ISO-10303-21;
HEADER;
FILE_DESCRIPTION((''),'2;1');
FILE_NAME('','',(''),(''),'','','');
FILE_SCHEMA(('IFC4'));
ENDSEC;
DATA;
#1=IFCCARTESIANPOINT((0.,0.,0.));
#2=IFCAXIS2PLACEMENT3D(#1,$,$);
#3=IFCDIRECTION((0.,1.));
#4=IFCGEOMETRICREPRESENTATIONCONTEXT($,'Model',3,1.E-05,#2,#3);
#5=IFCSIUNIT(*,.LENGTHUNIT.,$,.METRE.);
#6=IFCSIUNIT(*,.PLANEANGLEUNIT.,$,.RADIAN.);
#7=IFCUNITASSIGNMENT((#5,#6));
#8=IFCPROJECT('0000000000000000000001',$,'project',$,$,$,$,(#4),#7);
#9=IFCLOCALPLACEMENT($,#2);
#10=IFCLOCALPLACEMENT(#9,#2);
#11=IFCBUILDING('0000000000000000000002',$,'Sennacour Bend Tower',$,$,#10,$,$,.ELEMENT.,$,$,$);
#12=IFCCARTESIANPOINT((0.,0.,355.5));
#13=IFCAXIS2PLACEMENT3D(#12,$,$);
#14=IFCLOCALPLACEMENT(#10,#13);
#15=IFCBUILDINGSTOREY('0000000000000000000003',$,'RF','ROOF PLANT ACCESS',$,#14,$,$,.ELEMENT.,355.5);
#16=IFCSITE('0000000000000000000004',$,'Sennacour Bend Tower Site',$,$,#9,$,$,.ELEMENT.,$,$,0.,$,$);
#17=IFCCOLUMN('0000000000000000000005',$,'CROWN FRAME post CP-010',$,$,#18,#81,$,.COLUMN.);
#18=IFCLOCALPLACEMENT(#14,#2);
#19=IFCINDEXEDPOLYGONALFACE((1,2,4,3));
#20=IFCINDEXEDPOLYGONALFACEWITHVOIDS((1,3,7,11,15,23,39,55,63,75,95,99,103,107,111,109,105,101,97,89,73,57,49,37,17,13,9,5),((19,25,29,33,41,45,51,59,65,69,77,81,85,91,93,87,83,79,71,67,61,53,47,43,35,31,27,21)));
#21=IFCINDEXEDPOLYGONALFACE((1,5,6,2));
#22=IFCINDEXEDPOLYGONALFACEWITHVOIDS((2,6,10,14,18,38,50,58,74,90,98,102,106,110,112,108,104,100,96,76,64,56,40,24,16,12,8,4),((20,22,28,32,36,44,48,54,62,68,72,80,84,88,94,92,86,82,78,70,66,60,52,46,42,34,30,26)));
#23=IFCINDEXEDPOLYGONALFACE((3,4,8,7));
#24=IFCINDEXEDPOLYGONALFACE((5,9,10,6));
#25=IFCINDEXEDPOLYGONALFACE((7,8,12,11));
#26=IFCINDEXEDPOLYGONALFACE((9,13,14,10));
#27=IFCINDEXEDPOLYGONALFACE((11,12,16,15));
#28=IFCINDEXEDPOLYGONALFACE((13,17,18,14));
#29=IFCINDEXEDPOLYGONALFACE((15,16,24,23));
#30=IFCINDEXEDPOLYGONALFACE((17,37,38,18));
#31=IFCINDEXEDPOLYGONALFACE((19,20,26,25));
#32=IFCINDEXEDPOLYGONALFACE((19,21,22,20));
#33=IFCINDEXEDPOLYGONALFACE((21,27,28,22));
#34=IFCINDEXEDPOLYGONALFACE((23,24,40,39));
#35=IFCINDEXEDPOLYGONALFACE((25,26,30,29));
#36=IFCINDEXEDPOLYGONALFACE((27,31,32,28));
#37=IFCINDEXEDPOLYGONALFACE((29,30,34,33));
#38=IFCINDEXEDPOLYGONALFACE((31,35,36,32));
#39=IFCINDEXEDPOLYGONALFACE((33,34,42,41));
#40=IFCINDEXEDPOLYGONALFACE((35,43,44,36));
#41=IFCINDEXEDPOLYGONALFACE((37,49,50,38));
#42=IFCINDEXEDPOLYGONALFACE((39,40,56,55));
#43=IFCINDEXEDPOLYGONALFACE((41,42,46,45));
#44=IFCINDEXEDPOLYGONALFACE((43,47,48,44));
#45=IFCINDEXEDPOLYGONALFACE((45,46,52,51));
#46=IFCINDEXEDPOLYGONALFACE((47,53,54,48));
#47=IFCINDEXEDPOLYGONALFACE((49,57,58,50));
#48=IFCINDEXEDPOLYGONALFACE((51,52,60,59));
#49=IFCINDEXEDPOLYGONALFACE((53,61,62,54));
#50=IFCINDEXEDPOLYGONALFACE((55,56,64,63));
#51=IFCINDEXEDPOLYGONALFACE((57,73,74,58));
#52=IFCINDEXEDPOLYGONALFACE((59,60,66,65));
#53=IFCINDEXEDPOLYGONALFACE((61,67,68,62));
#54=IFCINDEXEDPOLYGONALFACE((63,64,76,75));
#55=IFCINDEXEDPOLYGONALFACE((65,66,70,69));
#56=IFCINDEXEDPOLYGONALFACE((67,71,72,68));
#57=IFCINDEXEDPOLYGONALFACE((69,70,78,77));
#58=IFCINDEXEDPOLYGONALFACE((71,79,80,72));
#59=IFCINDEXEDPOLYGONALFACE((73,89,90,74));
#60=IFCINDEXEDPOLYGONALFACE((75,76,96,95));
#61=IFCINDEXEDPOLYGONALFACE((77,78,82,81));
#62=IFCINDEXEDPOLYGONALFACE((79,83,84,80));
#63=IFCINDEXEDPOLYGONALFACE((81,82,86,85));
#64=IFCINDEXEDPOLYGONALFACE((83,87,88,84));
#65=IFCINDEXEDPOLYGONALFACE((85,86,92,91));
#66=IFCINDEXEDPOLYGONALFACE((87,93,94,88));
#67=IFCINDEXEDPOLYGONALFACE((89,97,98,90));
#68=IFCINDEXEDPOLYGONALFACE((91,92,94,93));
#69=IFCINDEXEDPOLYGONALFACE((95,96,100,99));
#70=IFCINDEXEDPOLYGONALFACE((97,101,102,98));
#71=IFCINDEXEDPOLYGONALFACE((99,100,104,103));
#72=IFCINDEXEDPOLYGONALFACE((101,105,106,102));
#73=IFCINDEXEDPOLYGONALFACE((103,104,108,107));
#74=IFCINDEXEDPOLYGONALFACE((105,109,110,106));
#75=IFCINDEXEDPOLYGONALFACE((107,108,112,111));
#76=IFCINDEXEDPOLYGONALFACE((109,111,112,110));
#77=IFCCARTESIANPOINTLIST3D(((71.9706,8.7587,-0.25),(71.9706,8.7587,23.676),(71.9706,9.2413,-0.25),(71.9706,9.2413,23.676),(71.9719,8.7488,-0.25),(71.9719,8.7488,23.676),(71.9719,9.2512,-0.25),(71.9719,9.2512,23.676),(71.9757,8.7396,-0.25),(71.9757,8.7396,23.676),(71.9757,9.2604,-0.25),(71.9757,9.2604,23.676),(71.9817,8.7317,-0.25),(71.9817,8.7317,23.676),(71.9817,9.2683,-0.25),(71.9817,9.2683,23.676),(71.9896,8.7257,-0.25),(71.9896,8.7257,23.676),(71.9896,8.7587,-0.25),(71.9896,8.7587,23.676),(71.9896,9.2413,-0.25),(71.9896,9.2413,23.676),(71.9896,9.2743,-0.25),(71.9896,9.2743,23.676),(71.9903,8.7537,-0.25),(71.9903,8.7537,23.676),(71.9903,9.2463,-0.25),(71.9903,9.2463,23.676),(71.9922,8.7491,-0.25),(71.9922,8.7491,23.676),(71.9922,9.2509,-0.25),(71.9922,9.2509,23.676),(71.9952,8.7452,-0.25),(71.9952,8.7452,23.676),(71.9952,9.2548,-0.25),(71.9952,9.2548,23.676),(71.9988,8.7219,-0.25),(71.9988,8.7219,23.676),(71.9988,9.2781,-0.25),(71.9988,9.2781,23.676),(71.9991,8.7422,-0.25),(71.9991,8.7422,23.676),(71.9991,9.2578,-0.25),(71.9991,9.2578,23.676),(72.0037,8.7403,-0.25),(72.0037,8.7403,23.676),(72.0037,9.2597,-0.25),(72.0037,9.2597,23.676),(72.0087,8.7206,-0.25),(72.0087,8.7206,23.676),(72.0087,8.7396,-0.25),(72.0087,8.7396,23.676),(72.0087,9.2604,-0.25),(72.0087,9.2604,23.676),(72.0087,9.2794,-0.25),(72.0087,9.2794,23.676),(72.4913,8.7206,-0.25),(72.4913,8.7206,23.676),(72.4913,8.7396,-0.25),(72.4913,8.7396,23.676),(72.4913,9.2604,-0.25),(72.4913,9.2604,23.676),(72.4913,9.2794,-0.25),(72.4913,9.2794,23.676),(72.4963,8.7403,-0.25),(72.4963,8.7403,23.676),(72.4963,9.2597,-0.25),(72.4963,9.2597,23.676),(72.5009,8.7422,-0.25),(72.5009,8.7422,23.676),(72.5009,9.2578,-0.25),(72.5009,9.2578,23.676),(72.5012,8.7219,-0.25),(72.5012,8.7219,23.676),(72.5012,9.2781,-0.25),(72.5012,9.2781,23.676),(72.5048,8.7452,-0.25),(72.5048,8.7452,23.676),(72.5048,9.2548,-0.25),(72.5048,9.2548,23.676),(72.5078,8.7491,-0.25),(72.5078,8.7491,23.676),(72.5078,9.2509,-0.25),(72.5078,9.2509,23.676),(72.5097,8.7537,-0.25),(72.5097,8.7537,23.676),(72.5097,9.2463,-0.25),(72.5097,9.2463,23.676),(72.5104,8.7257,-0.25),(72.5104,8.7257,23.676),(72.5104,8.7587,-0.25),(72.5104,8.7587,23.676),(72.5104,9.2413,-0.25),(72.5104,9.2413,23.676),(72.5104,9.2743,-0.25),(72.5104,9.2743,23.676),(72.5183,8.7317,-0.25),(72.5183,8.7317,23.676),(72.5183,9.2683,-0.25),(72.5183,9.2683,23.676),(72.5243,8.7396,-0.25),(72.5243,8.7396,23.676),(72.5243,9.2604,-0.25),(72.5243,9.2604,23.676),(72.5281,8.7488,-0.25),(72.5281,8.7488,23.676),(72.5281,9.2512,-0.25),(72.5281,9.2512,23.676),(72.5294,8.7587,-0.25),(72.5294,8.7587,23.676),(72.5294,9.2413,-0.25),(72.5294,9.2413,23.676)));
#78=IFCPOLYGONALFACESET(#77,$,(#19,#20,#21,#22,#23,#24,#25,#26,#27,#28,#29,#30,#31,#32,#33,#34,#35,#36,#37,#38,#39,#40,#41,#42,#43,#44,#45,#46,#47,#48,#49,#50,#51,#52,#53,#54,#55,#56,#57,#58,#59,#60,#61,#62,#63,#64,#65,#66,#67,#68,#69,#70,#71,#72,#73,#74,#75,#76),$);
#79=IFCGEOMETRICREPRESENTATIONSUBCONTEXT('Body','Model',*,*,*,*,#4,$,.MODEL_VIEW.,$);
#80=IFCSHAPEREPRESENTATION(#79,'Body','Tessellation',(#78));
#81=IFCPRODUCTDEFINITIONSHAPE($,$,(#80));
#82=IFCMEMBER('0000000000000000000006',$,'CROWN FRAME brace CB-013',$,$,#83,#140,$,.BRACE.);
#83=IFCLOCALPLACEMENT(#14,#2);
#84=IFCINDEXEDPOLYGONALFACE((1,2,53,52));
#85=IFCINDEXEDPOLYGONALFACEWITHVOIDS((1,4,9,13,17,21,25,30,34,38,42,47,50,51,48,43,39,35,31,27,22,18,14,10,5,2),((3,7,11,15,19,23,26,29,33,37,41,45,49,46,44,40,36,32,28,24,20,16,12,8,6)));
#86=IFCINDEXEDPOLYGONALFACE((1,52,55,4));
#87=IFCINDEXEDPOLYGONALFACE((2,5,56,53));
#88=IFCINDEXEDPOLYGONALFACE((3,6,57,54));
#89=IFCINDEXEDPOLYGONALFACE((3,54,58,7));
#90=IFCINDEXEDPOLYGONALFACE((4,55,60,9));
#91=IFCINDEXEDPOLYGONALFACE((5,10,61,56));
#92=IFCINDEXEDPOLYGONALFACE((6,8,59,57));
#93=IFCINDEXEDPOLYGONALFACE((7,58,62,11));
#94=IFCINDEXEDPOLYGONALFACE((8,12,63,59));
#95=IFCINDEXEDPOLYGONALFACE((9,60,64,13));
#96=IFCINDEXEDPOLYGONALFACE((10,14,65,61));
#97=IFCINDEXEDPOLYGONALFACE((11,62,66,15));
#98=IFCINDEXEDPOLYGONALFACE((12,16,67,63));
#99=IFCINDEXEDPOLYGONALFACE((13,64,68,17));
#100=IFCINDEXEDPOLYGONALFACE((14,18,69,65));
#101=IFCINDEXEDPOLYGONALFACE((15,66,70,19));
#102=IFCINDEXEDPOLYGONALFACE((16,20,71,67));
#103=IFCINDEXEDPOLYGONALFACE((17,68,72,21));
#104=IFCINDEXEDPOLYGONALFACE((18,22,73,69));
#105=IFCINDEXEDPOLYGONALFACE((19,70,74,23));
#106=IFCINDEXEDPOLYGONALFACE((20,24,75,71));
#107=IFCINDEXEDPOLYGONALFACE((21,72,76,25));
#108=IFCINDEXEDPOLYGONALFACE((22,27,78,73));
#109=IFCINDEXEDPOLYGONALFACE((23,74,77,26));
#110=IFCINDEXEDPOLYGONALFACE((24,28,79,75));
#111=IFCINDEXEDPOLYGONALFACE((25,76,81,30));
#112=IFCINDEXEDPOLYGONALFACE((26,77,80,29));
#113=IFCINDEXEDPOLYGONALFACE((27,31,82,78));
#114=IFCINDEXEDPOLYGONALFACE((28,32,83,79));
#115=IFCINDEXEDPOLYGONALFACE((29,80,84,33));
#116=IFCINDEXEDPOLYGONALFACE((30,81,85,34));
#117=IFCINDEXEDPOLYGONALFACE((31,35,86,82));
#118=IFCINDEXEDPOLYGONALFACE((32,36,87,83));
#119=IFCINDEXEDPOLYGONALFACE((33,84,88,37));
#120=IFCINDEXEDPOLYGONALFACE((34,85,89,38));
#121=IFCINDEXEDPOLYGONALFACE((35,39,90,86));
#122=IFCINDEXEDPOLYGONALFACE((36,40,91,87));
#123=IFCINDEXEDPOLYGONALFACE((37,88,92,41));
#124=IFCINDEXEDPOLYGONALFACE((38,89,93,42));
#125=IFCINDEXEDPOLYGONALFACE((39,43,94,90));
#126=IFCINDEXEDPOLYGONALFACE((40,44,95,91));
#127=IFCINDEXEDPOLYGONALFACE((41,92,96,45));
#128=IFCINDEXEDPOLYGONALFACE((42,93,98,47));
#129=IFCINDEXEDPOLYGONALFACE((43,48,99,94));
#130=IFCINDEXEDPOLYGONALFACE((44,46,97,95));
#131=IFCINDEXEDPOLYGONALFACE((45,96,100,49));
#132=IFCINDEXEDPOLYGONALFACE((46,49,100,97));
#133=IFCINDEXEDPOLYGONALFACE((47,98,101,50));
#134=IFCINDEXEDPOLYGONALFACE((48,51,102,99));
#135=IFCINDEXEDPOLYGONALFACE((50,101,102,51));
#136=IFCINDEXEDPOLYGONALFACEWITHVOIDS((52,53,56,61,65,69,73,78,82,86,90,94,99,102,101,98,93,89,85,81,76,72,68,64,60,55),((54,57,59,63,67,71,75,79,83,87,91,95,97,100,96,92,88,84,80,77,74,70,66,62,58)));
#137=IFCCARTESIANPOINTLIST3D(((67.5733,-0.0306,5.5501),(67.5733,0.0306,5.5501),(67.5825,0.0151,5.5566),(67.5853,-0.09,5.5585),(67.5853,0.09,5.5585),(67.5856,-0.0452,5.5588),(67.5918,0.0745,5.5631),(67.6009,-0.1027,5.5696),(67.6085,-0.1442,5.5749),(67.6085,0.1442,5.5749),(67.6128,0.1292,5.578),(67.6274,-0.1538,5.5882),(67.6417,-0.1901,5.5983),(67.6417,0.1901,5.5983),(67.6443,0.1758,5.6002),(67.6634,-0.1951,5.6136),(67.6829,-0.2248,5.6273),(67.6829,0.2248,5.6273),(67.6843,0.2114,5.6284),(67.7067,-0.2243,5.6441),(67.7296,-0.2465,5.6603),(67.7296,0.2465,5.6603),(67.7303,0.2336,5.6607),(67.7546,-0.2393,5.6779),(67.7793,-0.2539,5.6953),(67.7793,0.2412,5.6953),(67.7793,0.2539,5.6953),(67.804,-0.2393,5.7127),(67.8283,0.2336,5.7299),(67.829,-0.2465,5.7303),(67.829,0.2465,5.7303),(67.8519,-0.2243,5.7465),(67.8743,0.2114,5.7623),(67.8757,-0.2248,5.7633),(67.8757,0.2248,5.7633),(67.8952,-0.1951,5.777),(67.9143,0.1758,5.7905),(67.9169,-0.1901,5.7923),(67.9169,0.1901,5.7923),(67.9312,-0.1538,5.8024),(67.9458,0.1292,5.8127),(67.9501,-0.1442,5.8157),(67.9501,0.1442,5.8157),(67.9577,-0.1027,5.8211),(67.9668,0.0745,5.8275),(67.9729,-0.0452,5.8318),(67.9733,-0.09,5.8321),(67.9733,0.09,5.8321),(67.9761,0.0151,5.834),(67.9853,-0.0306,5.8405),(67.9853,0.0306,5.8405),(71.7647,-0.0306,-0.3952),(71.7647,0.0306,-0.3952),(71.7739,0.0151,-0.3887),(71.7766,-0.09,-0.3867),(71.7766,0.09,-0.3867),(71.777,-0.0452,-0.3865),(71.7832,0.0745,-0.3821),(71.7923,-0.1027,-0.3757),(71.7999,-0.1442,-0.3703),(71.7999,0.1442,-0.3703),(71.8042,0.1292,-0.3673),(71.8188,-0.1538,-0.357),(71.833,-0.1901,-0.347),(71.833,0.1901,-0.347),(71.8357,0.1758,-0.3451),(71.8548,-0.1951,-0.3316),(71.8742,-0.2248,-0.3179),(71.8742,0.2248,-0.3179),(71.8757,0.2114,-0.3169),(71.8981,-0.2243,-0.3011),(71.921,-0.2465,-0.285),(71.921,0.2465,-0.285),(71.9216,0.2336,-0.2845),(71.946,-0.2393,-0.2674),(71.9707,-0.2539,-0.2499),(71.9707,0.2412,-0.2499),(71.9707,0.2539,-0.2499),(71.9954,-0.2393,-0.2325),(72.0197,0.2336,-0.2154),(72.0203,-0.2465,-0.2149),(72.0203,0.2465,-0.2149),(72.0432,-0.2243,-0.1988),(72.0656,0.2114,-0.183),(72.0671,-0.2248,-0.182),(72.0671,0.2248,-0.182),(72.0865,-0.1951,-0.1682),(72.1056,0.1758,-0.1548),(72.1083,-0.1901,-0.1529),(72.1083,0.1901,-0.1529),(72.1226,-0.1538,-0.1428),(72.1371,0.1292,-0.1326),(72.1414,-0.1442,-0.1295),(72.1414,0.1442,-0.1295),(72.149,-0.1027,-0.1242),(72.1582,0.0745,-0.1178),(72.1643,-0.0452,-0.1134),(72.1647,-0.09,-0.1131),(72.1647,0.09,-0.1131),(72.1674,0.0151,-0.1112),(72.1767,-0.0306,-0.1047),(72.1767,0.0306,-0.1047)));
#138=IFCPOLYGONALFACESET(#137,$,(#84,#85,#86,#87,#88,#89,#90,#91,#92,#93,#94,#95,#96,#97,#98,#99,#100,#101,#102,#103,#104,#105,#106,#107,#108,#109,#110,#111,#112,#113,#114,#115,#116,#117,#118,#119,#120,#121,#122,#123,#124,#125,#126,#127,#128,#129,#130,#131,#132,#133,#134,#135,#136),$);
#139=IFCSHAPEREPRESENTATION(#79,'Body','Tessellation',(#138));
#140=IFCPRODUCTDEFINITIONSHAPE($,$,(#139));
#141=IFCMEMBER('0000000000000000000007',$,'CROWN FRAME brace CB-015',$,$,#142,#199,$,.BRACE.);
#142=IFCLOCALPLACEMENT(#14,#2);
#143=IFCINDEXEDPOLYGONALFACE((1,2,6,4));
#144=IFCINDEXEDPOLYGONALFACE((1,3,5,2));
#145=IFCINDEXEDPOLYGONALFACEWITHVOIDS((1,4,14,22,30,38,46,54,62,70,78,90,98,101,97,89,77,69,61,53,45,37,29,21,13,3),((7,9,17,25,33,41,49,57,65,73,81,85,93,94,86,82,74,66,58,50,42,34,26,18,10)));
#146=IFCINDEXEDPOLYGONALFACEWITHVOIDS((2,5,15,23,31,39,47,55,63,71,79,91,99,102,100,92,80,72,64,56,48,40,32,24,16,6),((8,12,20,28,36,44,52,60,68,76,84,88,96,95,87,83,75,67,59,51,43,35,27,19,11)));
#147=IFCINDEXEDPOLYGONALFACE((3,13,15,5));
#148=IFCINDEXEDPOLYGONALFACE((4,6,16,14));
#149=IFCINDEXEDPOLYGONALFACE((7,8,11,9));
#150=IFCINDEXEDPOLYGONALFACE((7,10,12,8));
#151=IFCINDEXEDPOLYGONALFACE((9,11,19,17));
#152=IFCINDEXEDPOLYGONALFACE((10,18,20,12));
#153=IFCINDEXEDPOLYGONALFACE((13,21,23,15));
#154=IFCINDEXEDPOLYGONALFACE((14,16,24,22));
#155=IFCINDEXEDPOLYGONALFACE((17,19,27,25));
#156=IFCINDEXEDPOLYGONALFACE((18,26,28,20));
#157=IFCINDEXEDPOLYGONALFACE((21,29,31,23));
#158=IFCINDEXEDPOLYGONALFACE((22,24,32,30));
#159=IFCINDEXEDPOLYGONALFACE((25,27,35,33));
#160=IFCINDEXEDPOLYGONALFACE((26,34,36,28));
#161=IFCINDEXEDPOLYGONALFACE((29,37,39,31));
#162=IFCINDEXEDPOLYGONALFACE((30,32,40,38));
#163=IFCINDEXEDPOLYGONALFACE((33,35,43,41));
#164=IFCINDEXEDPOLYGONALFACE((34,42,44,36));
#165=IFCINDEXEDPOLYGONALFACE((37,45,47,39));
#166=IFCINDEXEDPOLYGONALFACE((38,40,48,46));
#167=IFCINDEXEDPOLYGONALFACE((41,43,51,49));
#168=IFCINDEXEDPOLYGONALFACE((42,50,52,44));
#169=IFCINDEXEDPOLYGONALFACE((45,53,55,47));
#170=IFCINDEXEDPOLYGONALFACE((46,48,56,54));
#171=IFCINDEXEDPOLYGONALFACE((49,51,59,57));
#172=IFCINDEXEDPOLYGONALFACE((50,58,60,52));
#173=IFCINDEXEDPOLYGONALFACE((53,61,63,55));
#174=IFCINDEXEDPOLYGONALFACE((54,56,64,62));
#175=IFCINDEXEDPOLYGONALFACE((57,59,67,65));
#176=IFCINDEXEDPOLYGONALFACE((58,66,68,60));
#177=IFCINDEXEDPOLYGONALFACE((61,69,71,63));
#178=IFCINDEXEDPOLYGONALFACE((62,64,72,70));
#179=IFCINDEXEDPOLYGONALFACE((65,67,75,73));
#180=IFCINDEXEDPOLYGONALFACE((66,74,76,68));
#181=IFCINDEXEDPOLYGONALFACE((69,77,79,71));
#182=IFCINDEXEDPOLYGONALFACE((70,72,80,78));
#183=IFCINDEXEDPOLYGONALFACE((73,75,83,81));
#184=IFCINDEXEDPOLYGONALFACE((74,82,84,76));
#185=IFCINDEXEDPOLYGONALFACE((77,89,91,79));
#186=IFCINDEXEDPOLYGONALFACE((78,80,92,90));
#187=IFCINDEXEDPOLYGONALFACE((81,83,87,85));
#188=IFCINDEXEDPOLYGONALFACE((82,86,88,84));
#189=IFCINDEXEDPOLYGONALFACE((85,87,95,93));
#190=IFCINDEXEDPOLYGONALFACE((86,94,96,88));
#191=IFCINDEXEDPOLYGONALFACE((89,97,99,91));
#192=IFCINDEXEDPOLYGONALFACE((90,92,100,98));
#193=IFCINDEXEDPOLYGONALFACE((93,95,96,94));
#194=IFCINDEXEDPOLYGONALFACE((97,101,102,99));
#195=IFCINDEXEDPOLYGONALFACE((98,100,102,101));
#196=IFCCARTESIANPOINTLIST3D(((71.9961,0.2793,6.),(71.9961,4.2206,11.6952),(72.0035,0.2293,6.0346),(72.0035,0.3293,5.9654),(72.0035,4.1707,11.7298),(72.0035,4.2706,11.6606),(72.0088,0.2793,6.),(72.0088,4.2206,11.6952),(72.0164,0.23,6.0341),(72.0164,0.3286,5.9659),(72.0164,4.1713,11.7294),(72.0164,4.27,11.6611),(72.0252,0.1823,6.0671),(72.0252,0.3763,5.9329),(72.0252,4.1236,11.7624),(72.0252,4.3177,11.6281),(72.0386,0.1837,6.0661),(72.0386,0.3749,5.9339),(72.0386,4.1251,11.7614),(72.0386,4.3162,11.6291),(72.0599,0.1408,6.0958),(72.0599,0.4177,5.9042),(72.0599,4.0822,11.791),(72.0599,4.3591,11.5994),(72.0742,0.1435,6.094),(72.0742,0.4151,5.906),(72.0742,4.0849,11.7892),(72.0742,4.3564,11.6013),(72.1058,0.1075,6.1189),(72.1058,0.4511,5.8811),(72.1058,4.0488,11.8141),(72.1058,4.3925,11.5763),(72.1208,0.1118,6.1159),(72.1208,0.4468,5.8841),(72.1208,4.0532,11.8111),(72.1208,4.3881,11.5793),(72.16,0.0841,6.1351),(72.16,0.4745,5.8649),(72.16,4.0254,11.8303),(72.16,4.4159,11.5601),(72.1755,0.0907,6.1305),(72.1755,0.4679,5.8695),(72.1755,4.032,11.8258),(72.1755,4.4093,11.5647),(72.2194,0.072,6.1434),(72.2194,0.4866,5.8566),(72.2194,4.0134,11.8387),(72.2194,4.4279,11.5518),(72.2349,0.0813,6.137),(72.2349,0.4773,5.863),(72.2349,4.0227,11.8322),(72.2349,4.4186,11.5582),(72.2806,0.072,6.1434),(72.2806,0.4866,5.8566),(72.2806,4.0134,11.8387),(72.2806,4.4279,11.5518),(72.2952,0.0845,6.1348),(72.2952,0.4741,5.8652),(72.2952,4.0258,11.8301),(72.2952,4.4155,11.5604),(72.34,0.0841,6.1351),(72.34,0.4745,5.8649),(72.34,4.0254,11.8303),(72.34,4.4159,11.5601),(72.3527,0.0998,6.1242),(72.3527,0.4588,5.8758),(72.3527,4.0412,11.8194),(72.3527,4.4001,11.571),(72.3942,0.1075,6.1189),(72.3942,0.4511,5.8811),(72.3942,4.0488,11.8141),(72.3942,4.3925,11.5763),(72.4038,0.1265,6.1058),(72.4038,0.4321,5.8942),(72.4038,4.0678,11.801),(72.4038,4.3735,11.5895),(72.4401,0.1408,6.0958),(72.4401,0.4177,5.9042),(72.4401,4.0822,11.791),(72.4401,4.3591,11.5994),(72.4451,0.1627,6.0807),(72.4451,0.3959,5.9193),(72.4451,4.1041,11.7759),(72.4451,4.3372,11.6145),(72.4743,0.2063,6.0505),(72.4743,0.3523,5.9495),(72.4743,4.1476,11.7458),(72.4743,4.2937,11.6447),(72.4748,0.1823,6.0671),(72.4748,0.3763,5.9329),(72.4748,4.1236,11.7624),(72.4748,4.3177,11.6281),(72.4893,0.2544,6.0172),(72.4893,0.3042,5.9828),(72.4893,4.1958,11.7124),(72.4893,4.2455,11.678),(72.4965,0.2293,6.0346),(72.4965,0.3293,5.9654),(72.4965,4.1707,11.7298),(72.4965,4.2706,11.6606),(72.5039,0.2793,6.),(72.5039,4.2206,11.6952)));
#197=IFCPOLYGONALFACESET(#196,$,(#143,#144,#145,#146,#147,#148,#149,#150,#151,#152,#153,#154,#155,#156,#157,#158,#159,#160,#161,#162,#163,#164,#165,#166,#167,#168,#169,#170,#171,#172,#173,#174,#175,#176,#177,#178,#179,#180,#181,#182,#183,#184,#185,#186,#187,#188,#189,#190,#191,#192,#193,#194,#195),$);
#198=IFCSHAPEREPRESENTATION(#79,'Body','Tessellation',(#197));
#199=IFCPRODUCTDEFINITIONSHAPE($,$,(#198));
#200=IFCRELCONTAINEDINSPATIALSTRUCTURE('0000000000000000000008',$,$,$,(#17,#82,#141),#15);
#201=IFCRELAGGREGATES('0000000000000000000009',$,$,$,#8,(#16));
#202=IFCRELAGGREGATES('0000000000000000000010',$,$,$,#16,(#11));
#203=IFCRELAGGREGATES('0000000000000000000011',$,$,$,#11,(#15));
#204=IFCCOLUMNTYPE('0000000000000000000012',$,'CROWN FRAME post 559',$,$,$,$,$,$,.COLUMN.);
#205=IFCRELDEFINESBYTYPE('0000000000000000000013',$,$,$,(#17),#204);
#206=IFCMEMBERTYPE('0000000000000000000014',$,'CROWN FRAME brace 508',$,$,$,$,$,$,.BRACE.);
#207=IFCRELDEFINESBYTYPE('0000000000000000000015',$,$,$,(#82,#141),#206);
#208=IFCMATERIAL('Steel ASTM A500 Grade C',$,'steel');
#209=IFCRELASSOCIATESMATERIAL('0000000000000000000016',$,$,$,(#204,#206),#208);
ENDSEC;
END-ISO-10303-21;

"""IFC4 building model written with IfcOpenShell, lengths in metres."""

from ifc_helpers import new_model, si_unit, direction, frame, origin, origin_2d, place, context, subcontext, project, spatial, hollow_rectangle, hollow_circle, extrude, material, material_profile, profile_set, type_object, element, save


model = new_model("IFC4")

# Units and contexts
model_context = context("Model", 3, precision=1e-05, world=origin(), true_north=direction((0.0, 1.0)))
body_context = subcontext(model_context, "Body", "Model", "MODEL_VIEW")
ifc_project = project(units=[si_unit("LENGTHUNIT", "METRE"), si_unit("PLANEANGLEUNIT", "RADIAN")], contexts=[model_context])

# Site, building, storey
site_placement = place(None, origin())
site = spatial("IfcSite", under=ifc_project, at=site_placement, Name="Sennacour Bend Tower Site", CompositionType="ELEMENT", RefElevation=0.0)
building_placement = place(site_placement, origin())
building = spatial("IfcBuilding", under=site, at=building_placement, Name="Sennacour Bend Tower", CompositionType="ELEMENT")
storey_placement = place(building_placement, frame((0.0, 0.0, 355.5)))
storey = spatial("IfcBuildingStorey", under=building, at=storey_placement, Name="RF", Description="ROOF PLANT ACCESS", CompositionType="ELEMENT", Elevation=355.5)

# Column
ifc_material_1 = material(Name="Steel ASTM A500 Grade C", Category="steel")
ifc_material_profile_1 = material_profile(ifc_material_1, hollow_rectangle(XDim=0.5588, YDim=0.5588, WallThickness=0.019, InnerFilletRadius=0.019, OuterFilletRadius=0.0381, at=origin_2d()), Name="Steel ASTM A500 Grade C", Category="steel")
ifc_profile_set_1 = profile_set([ifc_material_profile_1], Name="Steel ASTM A500 Grade C")
column_type = type_object("IfcColumnType", Name="CROWN FRAME post 559", PredefinedType="COLUMN", material=ifc_profile_set_1)
for number, where, z_axis, x_axis, name in (
    (1, (72.25, 9.0, -0.25), (0.0, 0.0, 1.0), (1.0, 0.0, 0.0), "CROWN FRAME post CP-010"),
):
    element("IfcColumn", number, at=place(storey_placement, frame(where, z_axis=z_axis, x_axis=x_axis)), inside=storey, type_object=column_type, Name=name, PredefinedType="COLUMN", context=body_context, shape_type="SweptSolid", body=[
        extrude(hollow_rectangle(XDim=0.5588, YDim=0.5588, WallThickness=0.019, InnerFilletRadius=0.019, OuterFilletRadius=0.0381, at=origin_2d()), origin(), (0.0, 0.0, 1.0), 23.926),
    ])

# Members
ifc_material_profile_2 = material_profile(ifc_material_1, hollow_circle(Radius=0.2539, WallThickness=0.0127, at=origin_2d()), Name="Steel ASTM A500 Grade C", Category="steel")
ifc_profile_set_2 = profile_set([ifc_material_profile_2], Name="Steel ASTM A500 Grade C")
member_type_1 = type_object("IfcMemberType", Name="CROWN FRAME brace 508", PredefinedType="BRACE", material=ifc_profile_set_2)
member_1_placement = place(storey_placement, frame((67.7793, 0.0, 5.6953), z_axis=(0.576198, 0.0, -0.81731), x_axis=(0.0, 1.0, 0.0)))
element("IfcMember", 2, at=member_1_placement, inside=storey, type_object=member_type_1, Name="CROWN FRAME brace CB-013", PredefinedType="BRACE", context=body_context, shape_type="SweptSolid", body=[
    extrude(hollow_circle(Radius=0.2539, WallThickness=0.0127, at=origin_2d()), origin(), (0.0, 0.0, 1.0), 7.2742),
])
member_2_placement = place(storey_placement, frame((72.25, 0.2793, 6.0), z_axis=(0.0, 0.569063, 0.822294), x_axis=(-1.0, 0.0, 0.0)))
element("IfcMember", 3, at=member_2_placement, inside=storey, type_object=member_type_1, Name="CROWN FRAME brace CB-015", PredefinedType="BRACE", context=body_context, shape_type="SweptSolid", body=[
    extrude(hollow_circle(Radius=0.2539, WallThickness=0.0127, at=origin_2d()), origin(), (0.0, 0.0, 1.0), 6.926),
])

save(model, "model.ifc")
